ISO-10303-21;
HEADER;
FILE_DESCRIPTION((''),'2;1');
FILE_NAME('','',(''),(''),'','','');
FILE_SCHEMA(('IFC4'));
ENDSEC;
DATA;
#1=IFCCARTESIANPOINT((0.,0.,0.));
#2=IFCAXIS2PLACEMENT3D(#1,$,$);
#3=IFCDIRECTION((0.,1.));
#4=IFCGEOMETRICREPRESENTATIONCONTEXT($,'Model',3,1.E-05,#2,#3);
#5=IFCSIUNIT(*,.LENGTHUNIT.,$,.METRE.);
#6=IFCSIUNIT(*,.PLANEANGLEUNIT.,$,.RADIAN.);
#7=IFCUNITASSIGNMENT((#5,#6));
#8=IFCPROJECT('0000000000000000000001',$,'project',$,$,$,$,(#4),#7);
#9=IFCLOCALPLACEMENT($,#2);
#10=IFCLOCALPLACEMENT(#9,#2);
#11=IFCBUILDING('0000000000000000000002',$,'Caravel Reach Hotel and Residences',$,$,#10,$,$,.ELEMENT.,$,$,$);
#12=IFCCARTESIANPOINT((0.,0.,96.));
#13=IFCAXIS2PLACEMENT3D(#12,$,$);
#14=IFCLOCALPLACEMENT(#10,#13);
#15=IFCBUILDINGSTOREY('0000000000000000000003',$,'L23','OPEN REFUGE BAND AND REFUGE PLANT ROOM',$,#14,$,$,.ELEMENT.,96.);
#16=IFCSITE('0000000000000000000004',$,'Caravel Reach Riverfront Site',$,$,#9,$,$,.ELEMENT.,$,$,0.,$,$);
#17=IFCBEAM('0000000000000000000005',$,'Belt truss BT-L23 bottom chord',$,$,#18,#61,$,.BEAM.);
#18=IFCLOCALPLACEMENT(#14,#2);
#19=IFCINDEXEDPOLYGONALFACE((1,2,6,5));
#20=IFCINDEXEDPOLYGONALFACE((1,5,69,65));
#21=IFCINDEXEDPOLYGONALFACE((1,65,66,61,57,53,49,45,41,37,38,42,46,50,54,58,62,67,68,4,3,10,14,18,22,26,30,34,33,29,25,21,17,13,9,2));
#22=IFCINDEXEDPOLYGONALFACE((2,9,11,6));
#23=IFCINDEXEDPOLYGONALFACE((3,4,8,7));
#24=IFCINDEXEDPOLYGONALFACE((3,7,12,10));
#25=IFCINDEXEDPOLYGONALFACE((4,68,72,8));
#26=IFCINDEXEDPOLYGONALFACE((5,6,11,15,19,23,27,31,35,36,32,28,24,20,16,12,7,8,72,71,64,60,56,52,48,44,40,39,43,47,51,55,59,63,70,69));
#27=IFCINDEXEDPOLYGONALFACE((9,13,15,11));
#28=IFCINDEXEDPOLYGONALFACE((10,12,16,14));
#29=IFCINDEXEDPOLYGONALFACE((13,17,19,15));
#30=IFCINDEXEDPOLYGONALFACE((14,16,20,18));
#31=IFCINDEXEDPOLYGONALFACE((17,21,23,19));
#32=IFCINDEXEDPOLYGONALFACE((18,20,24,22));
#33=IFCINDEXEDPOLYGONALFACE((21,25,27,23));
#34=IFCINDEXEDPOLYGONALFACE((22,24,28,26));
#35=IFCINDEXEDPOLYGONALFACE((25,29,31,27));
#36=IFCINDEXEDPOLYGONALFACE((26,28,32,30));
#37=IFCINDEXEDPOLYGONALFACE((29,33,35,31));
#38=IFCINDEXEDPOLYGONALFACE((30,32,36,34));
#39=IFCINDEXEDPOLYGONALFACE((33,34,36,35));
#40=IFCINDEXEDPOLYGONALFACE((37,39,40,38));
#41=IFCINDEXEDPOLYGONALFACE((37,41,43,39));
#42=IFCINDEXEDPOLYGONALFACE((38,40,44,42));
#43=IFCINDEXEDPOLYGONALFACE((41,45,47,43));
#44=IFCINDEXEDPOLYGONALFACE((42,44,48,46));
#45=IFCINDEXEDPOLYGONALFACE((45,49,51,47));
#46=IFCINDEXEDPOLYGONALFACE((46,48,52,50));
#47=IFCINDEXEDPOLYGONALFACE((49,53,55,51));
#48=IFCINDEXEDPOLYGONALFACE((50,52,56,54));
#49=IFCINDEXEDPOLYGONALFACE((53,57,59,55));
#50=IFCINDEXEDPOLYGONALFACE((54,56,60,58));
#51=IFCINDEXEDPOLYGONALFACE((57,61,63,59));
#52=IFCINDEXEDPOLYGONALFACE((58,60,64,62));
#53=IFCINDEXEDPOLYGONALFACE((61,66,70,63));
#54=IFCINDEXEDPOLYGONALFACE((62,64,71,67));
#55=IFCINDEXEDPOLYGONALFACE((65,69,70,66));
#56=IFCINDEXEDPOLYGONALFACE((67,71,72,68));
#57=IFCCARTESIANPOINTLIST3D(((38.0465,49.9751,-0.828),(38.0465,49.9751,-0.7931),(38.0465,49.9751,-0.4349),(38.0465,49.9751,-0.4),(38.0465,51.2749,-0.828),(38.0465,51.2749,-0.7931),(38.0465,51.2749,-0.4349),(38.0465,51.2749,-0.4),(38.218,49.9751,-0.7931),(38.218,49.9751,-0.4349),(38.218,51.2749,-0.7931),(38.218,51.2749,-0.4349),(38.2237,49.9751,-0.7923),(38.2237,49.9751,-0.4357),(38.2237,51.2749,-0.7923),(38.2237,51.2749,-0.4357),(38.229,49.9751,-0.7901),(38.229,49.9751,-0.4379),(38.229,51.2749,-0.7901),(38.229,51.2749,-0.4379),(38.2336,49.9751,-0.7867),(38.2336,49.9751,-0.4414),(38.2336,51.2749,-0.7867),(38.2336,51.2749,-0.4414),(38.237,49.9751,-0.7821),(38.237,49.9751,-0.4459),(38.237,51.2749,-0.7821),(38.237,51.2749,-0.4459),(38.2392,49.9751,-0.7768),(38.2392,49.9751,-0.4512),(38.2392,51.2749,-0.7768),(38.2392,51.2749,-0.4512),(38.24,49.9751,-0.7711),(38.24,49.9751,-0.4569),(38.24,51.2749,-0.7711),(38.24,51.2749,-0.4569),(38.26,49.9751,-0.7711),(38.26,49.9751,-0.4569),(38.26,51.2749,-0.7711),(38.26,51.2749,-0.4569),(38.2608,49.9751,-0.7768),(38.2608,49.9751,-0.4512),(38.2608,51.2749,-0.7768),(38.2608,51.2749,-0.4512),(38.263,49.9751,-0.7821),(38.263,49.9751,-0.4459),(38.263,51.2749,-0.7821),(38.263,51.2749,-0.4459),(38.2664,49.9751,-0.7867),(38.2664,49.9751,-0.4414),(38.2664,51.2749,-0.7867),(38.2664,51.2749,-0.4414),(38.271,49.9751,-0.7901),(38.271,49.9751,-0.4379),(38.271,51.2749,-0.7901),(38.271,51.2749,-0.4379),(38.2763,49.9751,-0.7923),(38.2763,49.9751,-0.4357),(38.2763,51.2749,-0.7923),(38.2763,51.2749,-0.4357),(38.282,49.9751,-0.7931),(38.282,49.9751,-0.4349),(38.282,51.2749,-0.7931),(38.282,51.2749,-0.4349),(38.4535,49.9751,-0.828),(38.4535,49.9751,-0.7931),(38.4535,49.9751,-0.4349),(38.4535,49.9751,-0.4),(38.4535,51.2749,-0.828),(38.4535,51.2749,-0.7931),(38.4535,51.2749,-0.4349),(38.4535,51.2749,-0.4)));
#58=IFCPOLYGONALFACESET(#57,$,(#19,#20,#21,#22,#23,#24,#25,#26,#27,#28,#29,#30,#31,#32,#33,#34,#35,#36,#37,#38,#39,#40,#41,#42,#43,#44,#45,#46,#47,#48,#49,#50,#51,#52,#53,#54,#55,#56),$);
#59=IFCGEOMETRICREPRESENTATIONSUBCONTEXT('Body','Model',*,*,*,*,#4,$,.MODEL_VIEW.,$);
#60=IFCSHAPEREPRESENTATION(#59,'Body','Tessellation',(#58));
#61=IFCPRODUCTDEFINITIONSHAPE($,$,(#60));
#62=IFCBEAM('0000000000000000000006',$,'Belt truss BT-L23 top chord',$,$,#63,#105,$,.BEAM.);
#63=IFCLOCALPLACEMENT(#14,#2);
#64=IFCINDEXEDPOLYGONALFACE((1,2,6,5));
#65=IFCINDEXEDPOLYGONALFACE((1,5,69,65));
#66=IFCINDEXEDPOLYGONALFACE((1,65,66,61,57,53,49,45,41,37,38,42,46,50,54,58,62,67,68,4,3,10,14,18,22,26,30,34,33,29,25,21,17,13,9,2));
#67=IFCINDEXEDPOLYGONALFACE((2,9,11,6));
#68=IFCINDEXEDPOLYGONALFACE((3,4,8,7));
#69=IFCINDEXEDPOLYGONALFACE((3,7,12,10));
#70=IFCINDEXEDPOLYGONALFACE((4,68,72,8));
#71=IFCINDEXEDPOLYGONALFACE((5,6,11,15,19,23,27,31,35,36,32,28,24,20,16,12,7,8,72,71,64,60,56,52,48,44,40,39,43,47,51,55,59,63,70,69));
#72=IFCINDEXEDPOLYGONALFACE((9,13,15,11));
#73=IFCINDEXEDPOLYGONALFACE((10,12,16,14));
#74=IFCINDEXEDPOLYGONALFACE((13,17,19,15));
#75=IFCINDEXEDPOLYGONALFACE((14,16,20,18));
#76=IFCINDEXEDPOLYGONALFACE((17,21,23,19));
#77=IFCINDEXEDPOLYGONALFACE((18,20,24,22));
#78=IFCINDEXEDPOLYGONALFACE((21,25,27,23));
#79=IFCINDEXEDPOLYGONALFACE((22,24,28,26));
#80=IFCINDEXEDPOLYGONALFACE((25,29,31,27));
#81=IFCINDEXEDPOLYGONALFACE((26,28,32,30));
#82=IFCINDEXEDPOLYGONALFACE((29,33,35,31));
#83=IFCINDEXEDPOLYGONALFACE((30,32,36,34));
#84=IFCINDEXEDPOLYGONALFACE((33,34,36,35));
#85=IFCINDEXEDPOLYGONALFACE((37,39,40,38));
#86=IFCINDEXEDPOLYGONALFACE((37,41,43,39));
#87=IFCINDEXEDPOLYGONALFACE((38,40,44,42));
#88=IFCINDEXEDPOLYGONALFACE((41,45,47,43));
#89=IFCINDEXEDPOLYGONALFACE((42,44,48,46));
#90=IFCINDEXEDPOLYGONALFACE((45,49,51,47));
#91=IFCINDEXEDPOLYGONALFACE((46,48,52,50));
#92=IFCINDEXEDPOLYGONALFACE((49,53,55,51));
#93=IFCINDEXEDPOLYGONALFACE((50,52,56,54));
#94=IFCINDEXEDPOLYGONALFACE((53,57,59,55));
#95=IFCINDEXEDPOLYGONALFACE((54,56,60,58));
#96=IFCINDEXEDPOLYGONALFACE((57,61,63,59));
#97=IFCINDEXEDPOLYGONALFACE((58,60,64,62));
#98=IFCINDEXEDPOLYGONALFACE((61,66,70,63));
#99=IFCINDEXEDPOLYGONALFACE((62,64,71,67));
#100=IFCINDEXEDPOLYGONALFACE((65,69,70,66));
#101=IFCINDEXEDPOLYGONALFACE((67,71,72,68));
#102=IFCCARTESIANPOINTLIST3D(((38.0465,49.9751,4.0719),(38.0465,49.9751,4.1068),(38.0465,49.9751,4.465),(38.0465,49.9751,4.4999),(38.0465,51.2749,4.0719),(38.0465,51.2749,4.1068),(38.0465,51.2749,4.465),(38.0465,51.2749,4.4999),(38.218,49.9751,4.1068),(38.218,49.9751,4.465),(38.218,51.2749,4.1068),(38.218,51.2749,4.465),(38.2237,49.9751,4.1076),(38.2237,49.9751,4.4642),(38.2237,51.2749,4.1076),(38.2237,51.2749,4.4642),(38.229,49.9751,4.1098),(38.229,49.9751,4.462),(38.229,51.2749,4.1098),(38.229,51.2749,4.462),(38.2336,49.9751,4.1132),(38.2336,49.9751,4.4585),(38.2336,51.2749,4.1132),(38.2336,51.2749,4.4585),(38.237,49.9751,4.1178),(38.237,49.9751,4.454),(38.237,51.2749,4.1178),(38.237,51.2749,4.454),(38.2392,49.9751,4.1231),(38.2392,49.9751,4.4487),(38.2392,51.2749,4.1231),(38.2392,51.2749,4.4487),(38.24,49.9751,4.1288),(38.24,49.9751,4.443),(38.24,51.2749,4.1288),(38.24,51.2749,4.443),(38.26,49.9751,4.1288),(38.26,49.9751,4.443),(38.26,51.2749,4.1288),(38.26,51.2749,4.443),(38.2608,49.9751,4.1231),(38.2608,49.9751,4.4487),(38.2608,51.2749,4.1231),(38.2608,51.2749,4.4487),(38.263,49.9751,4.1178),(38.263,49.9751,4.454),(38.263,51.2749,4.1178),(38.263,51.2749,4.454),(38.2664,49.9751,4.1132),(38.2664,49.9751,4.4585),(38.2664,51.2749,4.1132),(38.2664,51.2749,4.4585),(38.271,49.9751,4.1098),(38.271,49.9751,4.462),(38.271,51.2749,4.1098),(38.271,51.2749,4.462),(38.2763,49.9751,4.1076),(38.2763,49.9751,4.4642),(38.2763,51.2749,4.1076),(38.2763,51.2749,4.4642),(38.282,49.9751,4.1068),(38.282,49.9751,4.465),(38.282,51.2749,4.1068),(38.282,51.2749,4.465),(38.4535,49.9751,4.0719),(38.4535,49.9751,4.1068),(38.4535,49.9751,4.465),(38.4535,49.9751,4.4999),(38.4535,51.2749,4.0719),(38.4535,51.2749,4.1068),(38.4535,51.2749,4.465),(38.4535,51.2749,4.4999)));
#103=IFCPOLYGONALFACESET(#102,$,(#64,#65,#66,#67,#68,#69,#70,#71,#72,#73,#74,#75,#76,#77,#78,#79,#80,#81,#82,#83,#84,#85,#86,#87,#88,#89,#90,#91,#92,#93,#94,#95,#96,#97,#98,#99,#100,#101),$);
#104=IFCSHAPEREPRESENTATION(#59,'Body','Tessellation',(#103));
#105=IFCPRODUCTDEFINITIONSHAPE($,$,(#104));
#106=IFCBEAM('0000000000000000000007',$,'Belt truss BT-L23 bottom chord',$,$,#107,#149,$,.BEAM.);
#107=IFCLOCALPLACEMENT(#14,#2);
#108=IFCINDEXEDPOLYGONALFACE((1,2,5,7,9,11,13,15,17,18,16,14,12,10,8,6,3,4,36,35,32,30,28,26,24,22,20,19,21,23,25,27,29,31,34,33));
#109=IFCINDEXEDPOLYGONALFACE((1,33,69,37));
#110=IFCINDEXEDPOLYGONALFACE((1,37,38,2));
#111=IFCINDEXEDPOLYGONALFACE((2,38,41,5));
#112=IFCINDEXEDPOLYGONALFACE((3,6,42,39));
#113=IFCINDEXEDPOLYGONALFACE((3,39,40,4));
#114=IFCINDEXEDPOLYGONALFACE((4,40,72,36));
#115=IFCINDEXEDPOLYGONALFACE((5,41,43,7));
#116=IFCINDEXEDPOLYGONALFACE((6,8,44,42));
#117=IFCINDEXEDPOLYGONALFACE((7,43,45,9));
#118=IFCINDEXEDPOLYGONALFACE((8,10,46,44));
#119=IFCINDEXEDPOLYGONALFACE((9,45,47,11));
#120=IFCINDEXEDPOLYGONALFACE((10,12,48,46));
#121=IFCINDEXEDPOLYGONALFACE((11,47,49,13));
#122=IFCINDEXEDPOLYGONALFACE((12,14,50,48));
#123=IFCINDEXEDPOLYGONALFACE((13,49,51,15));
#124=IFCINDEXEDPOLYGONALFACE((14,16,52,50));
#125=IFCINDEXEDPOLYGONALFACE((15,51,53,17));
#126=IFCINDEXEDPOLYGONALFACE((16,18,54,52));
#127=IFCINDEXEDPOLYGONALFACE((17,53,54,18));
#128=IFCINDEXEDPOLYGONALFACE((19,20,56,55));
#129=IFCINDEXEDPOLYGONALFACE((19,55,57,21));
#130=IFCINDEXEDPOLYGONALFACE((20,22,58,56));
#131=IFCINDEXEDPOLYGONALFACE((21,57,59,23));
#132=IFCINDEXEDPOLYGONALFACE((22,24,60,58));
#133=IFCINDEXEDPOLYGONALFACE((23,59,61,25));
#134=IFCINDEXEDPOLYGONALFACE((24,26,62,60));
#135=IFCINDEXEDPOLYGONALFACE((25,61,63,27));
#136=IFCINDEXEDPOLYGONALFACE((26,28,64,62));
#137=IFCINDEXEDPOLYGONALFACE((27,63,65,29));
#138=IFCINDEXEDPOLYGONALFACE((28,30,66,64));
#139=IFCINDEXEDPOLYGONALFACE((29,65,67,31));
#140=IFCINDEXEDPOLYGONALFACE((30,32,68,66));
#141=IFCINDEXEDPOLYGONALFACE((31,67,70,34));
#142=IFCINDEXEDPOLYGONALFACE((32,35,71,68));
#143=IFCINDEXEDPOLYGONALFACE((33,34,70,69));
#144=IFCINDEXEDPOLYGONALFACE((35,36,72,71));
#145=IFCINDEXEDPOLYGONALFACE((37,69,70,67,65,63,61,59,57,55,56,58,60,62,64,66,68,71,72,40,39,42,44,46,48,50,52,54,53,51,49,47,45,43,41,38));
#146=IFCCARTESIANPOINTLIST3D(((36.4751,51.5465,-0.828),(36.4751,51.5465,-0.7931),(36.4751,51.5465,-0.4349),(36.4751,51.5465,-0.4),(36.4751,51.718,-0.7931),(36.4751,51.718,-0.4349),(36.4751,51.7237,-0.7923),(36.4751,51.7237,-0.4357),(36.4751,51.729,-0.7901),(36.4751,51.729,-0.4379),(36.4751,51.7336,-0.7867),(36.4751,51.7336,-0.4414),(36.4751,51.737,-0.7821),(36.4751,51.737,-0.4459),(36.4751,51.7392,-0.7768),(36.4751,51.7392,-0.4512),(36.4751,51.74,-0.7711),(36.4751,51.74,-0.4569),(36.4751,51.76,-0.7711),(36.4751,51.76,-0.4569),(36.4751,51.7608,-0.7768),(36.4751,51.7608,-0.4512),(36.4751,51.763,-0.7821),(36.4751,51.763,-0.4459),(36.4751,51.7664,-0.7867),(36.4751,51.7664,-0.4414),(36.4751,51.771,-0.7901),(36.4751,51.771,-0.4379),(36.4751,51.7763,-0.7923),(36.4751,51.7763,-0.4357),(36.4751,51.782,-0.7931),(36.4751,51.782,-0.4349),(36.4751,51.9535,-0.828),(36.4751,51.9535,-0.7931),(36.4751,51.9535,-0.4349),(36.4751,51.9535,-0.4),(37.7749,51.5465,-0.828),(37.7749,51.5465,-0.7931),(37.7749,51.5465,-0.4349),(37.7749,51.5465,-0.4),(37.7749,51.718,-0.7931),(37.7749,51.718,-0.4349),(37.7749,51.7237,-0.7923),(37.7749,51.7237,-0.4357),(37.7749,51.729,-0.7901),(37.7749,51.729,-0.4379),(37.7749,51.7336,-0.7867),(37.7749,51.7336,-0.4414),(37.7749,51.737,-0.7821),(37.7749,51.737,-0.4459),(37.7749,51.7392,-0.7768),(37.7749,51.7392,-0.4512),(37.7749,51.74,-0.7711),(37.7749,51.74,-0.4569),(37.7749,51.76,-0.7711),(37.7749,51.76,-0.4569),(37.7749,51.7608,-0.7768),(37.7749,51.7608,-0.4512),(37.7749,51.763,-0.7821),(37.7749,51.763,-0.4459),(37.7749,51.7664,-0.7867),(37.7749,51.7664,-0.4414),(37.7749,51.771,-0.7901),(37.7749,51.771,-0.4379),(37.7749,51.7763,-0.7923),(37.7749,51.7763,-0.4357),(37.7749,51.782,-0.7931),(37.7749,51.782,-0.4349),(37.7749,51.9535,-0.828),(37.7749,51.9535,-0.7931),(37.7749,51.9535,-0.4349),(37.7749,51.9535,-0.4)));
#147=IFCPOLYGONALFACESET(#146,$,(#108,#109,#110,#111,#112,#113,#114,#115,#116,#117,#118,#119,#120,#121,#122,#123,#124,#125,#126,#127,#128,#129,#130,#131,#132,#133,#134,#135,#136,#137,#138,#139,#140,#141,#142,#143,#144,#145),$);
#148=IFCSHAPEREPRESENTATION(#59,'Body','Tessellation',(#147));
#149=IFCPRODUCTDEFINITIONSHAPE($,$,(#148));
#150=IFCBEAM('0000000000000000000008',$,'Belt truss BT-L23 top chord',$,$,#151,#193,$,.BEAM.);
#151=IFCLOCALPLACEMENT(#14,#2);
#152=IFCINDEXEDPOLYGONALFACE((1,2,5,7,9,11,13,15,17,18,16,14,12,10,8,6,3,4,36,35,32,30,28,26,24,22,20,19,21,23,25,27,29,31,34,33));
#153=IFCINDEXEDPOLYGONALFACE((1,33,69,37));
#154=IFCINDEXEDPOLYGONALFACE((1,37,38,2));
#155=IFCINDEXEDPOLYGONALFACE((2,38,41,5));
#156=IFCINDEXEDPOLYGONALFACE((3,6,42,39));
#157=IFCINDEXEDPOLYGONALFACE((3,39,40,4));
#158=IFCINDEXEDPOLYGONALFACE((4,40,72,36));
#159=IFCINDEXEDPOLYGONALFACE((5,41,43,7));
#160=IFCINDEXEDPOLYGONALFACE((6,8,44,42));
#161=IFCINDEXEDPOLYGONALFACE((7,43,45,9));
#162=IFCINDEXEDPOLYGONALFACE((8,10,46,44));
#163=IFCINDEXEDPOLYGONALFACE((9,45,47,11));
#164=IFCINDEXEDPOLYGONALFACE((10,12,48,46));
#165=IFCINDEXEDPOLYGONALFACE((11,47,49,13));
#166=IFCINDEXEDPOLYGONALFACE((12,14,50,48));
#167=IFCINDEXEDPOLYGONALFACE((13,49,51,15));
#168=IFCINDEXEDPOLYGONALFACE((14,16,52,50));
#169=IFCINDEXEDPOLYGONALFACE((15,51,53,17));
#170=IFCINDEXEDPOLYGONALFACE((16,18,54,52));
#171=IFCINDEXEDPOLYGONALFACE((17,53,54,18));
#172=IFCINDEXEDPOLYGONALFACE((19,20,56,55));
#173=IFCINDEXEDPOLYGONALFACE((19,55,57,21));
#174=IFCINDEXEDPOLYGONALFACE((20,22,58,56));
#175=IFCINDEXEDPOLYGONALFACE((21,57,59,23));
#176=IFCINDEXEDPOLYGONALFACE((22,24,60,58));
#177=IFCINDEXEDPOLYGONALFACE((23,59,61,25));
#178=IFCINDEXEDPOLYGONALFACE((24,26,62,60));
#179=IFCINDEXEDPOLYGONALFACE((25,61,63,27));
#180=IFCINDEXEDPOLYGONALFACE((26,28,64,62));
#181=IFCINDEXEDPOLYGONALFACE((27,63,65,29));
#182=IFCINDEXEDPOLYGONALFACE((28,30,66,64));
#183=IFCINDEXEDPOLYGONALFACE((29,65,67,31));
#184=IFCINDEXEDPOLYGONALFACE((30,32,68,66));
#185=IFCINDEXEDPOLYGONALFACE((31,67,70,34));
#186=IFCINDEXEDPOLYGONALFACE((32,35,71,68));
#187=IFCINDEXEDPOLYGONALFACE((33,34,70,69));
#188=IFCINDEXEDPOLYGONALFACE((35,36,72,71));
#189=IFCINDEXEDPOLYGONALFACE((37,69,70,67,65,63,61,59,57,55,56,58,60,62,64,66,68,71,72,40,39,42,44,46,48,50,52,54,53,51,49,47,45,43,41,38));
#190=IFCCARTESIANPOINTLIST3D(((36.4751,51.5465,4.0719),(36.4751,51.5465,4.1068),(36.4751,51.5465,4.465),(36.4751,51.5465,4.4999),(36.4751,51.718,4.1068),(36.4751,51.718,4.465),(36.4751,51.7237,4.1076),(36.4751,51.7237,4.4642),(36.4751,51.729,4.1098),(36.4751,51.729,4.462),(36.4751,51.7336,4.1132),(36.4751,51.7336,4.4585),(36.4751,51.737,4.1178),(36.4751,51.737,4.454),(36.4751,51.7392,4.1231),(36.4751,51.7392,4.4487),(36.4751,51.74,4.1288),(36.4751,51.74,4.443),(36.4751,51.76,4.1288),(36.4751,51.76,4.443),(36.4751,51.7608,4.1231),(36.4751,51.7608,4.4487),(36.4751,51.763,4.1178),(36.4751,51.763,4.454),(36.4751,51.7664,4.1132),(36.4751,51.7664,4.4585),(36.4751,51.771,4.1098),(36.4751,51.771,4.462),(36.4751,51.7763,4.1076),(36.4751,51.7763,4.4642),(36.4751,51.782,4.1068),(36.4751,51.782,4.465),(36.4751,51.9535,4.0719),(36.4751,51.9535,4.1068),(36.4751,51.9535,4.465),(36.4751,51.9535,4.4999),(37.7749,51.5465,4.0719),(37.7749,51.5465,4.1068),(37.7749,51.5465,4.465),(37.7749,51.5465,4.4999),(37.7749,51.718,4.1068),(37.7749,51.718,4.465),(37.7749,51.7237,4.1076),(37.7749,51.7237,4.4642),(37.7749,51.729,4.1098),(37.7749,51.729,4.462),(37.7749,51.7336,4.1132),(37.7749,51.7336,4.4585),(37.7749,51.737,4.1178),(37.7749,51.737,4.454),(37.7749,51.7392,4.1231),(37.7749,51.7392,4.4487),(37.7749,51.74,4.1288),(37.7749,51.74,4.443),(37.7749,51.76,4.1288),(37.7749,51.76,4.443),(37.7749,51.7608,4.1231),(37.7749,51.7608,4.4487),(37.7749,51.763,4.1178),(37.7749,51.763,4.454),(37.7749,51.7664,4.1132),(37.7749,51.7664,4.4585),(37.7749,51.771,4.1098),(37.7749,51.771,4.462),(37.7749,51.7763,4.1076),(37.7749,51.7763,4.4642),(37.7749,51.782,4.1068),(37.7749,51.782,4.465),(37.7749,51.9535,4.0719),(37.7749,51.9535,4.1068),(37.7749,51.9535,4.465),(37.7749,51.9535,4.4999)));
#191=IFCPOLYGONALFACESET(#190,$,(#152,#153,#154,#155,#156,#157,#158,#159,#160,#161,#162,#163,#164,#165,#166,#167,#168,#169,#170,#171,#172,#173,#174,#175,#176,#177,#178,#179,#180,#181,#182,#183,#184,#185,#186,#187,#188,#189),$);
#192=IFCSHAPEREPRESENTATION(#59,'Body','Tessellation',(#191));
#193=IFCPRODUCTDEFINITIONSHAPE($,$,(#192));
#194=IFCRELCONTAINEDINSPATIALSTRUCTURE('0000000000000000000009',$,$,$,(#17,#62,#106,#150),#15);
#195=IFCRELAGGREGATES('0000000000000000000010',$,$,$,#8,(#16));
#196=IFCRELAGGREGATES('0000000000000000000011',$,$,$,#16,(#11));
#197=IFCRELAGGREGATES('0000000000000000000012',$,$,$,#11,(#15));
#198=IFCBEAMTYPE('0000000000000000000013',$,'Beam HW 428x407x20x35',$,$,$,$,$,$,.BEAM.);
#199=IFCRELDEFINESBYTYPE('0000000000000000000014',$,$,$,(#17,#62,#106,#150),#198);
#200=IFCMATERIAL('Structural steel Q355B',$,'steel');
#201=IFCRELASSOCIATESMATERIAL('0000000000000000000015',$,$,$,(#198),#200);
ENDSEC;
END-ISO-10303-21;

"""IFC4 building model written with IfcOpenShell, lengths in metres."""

from ifc_helpers import new_model, si_unit, direction, frame, origin, origin_2d, place, context, subcontext, project, spatial, i_section, extrude, material, material_profile, profile_set, type_object, element, save


model = new_model("IFC4")

# Units and contexts
model_context = context("Model", 3, precision=1e-05, world=origin(), true_north=direction((0.0, 1.0)))
body_context = subcontext(model_context, "Body", "Model", "MODEL_VIEW")
ifc_project = project(units=[si_unit("LENGTHUNIT", "METRE"), si_unit("PLANEANGLEUNIT", "RADIAN")], contexts=[model_context])

# Site, building, storey
site_placement = place(None, origin())
site = spatial("IfcSite", under=ifc_project, at=site_placement, Name="Caravel Reach Riverfront Site", CompositionType="ELEMENT", RefElevation=0.0)
building_placement = place(site_placement, origin())
building = spatial("IfcBuilding", under=site, at=building_placement, Name="Caravel Reach Hotel and Residences", CompositionType="ELEMENT")
storey_placement = place(building_placement, frame((0.0, 0.0, 96.0)))
storey = spatial("IfcBuildingStorey", under=building, at=storey_placement, Name="L23", Description="OPEN REFUGE BAND AND REFUGE PLANT ROOM", CompositionType="ELEMENT", Elevation=96.0)

# Beams
ifc_material_1 = material(Name="Structural steel Q355B", Category="steel")
ifc_material_profile_1 = material_profile(ifc_material_1, i_section(OverallWidth=0.407, OverallDepth=0.428, WebThickness=0.02, FlangeThickness=0.0349, FilletRadius=0.022, at=origin_2d()), Name="HW 428x407x20x35")
ifc_profile_set_1 = profile_set([ifc_material_profile_1], Name="Structural steel Q355B")
beam_type = type_object("IfcBeamType", Name="Beam HW 428x407x20x35", PredefinedType="BEAM", material=ifc_profile_set_1)
for number, where, z_axis, x_axis, name in (
    (1, (38.25, 49.9751, -0.614), (0.0, 1.0, 0.0), (-1.0, 0.0, 0.0), "Belt truss BT-L23 bottom chord"),
    (2, (38.25, 49.9751, 4.2859), (0.0, 1.0, 0.0), (-1.0, 0.0, 0.0), "Belt truss BT-L23 top chord"),
    (3, (37.7749, 51.75, -0.614), (-1.0, 0.0, 0.0), (0.0, -1.0, 0.0), "Belt truss BT-L23 bottom chord"),
    (4, (37.7749, 51.75, 4.2859), (-1.0, 0.0, 0.0), (0.0, -1.0, 0.0), "Belt truss BT-L23 top chord"),
):
    element("IfcBeam", number, at=place(storey_placement, frame(where, z_axis=z_axis, x_axis=x_axis)), inside=storey, type_object=beam_type, Name=name, PredefinedType="BEAM", context=body_context, shape_type="SweptSolid", body=[
        extrude(i_section(OverallWidth=0.407, OverallDepth=0.428, WebThickness=0.02, FlangeThickness=0.0349, FilletRadius=0.022, at=origin_2d()), origin(), (0.0, 0.0, 1.0), 1.2998),
    ])

save(model, "model.ifc")
